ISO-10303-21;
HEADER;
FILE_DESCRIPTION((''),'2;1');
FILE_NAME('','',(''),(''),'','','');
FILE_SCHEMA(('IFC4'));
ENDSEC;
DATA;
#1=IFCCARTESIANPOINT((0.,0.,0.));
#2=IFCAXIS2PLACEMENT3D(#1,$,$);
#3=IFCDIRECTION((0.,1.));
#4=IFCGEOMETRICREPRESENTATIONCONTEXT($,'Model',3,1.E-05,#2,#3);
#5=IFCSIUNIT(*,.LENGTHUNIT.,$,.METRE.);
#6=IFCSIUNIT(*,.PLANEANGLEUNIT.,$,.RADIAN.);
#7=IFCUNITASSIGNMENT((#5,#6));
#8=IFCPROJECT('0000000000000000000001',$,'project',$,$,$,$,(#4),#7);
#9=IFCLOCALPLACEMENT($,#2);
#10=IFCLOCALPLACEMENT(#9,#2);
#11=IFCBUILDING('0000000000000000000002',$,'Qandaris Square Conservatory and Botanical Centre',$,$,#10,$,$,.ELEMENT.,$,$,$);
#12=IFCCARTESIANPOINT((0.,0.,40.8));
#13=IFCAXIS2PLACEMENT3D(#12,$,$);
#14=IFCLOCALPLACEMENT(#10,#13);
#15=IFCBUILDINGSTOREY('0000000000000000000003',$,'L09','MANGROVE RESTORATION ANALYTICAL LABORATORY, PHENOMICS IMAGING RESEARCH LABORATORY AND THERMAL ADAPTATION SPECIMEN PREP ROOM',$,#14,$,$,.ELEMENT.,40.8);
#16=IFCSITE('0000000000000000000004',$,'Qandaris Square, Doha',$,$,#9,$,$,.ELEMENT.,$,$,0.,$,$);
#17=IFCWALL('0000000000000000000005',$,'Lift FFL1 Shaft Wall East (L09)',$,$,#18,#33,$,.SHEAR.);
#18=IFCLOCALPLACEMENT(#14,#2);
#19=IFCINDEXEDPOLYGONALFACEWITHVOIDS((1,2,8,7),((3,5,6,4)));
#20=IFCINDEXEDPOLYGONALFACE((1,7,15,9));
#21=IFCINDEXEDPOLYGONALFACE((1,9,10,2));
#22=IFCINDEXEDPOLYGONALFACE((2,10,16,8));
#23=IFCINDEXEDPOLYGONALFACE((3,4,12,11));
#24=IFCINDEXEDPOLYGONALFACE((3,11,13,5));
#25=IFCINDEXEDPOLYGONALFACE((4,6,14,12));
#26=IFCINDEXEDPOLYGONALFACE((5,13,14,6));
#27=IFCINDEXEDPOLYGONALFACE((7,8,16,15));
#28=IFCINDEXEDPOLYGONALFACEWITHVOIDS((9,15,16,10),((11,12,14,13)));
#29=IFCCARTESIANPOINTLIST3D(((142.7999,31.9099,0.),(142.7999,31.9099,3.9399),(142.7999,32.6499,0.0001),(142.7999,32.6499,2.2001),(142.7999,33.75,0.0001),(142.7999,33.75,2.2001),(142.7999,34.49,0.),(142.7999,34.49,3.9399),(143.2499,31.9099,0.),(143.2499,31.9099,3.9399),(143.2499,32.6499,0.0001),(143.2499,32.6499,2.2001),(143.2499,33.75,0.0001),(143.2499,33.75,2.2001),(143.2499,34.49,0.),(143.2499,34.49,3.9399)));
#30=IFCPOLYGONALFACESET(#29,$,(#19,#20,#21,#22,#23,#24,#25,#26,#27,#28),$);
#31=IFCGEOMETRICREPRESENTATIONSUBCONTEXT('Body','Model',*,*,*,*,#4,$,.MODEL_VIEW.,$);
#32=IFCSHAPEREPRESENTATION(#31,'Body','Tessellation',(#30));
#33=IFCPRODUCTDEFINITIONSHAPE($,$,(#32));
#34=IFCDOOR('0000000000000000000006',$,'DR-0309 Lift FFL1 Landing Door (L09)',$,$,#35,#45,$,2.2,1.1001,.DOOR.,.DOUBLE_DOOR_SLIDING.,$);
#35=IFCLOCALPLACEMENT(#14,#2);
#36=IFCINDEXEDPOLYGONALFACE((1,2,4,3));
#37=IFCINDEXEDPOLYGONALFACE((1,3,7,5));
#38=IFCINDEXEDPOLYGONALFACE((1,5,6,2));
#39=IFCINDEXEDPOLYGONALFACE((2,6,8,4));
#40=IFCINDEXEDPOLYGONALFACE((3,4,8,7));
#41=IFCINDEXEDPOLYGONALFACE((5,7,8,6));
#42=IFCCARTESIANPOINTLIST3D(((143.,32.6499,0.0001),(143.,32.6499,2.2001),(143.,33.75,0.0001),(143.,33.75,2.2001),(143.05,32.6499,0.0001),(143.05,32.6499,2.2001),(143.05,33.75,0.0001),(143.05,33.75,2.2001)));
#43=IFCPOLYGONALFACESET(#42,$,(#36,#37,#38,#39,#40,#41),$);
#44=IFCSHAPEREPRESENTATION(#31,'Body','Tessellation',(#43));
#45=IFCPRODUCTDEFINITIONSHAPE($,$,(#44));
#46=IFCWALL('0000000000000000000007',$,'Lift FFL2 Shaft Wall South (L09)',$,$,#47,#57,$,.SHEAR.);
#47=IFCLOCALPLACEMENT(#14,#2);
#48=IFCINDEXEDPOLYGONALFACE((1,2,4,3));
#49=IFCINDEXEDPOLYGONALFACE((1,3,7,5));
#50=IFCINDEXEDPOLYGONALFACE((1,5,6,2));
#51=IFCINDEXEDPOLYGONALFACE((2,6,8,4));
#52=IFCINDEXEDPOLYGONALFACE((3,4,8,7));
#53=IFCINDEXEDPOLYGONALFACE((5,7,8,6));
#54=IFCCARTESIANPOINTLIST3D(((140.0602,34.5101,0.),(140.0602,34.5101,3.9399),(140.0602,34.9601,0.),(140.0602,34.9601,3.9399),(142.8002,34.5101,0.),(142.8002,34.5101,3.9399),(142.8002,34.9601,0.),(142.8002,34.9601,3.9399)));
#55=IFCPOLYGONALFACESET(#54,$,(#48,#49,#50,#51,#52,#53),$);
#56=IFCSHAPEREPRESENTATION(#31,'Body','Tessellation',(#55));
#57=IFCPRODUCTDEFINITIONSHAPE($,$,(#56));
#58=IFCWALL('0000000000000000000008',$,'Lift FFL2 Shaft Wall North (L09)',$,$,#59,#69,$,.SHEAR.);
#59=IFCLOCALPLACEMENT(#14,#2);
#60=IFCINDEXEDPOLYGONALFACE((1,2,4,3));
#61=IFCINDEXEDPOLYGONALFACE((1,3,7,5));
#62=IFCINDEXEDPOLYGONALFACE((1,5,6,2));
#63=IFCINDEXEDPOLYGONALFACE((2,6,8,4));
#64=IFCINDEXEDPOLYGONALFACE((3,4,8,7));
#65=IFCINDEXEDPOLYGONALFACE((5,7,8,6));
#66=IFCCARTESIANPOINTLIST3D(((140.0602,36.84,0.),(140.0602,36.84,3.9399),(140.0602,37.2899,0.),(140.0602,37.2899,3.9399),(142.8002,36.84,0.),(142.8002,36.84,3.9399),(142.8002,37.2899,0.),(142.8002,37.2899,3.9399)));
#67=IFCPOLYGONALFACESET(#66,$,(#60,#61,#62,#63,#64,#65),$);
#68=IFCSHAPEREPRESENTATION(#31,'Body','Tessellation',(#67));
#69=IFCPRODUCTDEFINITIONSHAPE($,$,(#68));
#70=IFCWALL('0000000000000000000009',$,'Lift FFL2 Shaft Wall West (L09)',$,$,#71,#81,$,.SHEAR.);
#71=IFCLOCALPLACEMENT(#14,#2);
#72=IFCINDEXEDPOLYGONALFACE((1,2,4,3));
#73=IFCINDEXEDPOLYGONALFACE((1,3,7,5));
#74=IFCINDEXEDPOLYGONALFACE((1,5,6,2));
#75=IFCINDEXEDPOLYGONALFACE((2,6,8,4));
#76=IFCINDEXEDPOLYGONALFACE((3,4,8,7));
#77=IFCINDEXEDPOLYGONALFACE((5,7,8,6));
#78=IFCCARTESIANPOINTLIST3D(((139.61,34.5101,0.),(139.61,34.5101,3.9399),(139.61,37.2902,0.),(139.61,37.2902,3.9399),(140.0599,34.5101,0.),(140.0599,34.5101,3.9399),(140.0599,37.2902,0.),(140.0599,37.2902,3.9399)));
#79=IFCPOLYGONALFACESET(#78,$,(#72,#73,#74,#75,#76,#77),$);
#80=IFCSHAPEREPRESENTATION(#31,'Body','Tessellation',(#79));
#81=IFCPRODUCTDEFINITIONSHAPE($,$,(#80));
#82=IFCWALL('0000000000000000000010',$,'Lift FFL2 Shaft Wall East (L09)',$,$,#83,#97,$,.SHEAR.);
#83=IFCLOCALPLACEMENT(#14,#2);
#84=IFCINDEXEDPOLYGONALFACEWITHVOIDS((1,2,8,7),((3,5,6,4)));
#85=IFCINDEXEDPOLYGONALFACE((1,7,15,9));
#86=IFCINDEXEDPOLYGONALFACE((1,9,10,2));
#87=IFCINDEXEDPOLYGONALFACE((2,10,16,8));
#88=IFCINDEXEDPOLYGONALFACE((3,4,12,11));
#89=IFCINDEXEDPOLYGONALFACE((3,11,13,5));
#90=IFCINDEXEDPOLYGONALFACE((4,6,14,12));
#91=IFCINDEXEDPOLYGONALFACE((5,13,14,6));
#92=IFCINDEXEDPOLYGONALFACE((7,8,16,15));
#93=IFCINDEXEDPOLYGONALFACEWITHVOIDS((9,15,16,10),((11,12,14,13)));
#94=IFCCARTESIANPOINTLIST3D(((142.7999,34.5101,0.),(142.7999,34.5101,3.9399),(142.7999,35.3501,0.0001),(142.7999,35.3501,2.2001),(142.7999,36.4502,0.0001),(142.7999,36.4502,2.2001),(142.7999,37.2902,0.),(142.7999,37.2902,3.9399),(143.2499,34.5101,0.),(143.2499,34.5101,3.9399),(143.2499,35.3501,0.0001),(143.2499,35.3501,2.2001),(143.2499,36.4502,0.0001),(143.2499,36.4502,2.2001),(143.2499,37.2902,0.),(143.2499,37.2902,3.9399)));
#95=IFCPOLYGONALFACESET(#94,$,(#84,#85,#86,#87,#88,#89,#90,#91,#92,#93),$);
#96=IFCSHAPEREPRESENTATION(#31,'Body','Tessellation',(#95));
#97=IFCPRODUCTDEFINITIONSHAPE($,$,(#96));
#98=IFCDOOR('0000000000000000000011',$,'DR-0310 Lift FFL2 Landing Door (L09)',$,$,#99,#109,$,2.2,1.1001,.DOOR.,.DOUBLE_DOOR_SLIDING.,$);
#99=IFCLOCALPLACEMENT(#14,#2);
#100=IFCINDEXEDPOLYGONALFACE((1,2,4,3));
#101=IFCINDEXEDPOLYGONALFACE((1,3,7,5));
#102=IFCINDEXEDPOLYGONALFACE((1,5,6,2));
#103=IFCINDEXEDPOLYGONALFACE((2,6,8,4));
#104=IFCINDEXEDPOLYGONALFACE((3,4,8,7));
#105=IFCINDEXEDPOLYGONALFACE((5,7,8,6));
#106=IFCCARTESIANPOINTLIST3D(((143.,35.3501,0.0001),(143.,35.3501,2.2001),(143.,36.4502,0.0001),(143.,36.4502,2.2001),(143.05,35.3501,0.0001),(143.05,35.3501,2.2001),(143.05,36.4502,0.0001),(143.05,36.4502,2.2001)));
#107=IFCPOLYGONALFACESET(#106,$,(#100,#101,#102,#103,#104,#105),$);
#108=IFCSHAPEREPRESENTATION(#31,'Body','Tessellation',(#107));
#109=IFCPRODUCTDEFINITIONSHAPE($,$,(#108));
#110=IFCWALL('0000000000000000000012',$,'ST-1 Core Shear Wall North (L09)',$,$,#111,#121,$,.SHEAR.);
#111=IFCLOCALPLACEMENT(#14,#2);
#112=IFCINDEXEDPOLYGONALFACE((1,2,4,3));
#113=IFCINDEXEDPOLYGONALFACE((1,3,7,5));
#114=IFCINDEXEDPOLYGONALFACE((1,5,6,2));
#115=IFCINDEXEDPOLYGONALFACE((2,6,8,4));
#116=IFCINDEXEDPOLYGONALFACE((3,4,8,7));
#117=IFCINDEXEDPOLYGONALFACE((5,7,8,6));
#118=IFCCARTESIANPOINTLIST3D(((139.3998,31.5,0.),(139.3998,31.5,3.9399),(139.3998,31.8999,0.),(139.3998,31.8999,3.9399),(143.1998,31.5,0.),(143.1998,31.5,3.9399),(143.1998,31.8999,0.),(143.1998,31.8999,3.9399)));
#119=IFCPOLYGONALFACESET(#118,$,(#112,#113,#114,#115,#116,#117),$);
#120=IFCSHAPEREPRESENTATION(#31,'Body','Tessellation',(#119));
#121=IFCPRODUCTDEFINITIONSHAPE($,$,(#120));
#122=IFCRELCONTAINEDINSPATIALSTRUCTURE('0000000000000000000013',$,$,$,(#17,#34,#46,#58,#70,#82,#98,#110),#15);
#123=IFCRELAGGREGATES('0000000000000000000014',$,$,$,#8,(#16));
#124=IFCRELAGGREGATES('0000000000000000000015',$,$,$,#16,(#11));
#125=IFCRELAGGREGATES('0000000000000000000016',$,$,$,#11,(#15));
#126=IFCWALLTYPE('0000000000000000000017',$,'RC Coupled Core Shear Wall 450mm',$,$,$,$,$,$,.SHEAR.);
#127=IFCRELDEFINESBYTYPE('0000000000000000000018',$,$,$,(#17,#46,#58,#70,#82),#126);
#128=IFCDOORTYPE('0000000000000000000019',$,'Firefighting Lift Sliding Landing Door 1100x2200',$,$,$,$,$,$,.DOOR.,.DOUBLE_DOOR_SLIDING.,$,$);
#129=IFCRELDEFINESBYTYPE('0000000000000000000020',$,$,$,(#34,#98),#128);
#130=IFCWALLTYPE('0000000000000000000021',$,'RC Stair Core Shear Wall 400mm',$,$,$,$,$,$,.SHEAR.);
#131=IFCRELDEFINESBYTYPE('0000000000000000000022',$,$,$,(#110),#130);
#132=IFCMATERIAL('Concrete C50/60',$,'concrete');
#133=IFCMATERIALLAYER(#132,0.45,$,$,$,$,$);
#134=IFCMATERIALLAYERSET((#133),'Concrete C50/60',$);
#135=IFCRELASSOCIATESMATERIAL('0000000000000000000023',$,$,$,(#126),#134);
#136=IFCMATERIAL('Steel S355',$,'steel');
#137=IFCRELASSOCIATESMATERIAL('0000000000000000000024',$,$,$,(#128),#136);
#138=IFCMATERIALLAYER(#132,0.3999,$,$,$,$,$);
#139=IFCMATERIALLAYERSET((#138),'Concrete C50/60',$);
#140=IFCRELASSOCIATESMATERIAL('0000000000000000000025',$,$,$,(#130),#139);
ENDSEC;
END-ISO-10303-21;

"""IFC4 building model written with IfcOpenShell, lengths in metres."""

from ifc_helpers import new_model, si_unit, direction, frame, frame_2d, origin, place, context, subcontext, project, spatial, rectangle, extrude, material, layer, layer_set, type_object, element, fill, save


model = new_model("IFC4")

# Units and contexts
model_context = context("Model", 3, precision=1e-05, world=origin(), true_north=direction((0.0, 1.0)))
body_context = subcontext(model_context, "Body", "Model", "MODEL_VIEW")
ifc_project = project(units=[si_unit("LENGTHUNIT", "METRE"), si_unit("PLANEANGLEUNIT", "RADIAN")], contexts=[model_context])

# Site, building, storey
site_placement = place(None, origin())
site = spatial("IfcSite", under=ifc_project, at=site_placement, Name="Qandaris Square, Doha", CompositionType="ELEMENT", RefElevation=0.0)
building_placement = place(site_placement, origin())
building = spatial("IfcBuilding", under=site, at=building_placement, Name="Qandaris Square Conservatory and Botanical Centre", CompositionType="ELEMENT")
storey_placement = place(building_placement, frame((0.0, 0.0, 40.8)))
storey = spatial("IfcBuildingStorey", under=building, at=storey_placement, Name="L09", Description="MANGROVE RESTORATION ANALYTICAL LABORATORY, PHENOMICS IMAGING RESEARCH LABORATORY AND THERMAL ADAPTATION SPECIMEN PREP ROOM", CompositionType="ELEMENT", Elevation=40.8)

# Shared definitions
ifc_material_1 = material(Name="Steel S355", Category="steel")
ifc_material_2 = material(Name="Concrete C50/60", Category="concrete")

# Shared definitions
ifc_layer_1 = layer(ifc_material_2, 0.45)
ifc_layer_set_1 = layer_set([ifc_layer_1], Name="Concrete C50/60")
wall_type_1 = type_object("IfcWallType", Name="RC Coupled Core Shear Wall 450mm", PredefinedType="SHEAR", material=ifc_layer_set_1)

# Wall, opening, door
wall_1_placement = place(storey_placement, frame((143.0249, 31.9099, 0.0), z_axis=(0.0, 0.0, 1.0), x_axis=(0.0, 1.0, 0.0)))
wall_1 = element("IfcWall", 1, at=wall_1_placement, inside=storey, type_object=wall_type_1, Name="Lift FFL1 Shaft Wall East (L09)", PredefinedType="SHEAR", context=body_context, shape_type="SweptSolid", body=[
    extrude(rectangle(XDim=2.5801, YDim=0.45, at=frame_2d((1.29, 0.0))), origin(), (0.0, 0.0, 1.0), 3.9399),
])
opening_1_placement = place(wall_1_placement, frame((0.74, 0.0, 0.0)))
opening_1 = element("IfcOpeningElement", 2, at=opening_1_placement, cuts=wall_1, PredefinedType="OPENING", context=body_context, shape_type="SweptSolid", body=[
    extrude(rectangle(XDim=1.1001, YDim=2.2, at=frame_2d((0.55, 1.1001))), frame((0.0, 0.2368, 0.0), z_axis=(0.0, -1.0, 0.0), x_axis=(1.0, 0.0, 0.0)), (0.0, 0.0, 1.0), 0.4739),
])
door_type_1 = type_object("IfcDoorType", Name="Firefighting Lift Sliding Landing Door 1100x2200", OperationType="DOUBLE_DOOR_SLIDING", PredefinedType="DOOR", material=ifc_material_1)
door_1_placement = place(opening_1_placement, origin())
door_1 = element("IfcDoor", 3, at=door_1_placement, inside=storey, type_object=door_type_1, Name="DR-0309 Lift FFL1 Landing Door (L09)", OperationType="DOUBLE_DOOR_SLIDING", OverallHeight=2.2, OverallWidth=1.1001, PredefinedType="DOOR", context=body_context, shape_type="SweptSolid", body=[
    extrude(rectangle(XDim=1.1001, YDim=2.2, at=frame_2d((0.55, 1.1001))), frame((0.0, 0.0249, 0.0), z_axis=(0.0, -1.0, 0.0), x_axis=(1.0, 0.0, 0.0)), (0.0, 0.0, 1.0), 0.05),
])
fill(opening_1, door_1)

# Walls
for number, where, z_axis, x_axis, name in (
    (4, (140.0601, 34.7351, 0.0), (0.0, 0.0, 1.0), (1.0, 0.0, 0.0), "Lift FFL2 Shaft Wall South (L09)"),
    (5, (140.0601, 37.0649, 0.0), (0.0, 0.0, 1.0), (1.0, 0.0, 0.0), "Lift FFL2 Shaft Wall North (L09)"),
):
    element("IfcWall", number, at=place(storey_placement, frame(where, z_axis=z_axis, x_axis=x_axis)), inside=storey, type_object=wall_type_1, Name=name, PredefinedType="SHEAR", context=body_context, shape_type="SweptSolid", body=[
        extrude(rectangle(XDim=2.74, YDim=0.45, at=frame_2d((1.3701, 0.0))), origin(), (0.0, 0.0, 1.0), 3.9399),
    ])
wall_2_placement = place(storey_placement, frame((139.835, 34.51, 0.0), z_axis=(0.0, 0.0, 1.0), x_axis=(0.0, 1.0, 0.0)))
element("IfcWall", 6, at=wall_2_placement, inside=storey, type_object=wall_type_1, Name="Lift FFL2 Shaft Wall West (L09)", PredefinedType="SHEAR", context=body_context, shape_type="SweptSolid", body=[
    extrude(rectangle(XDim=2.78, YDim=0.45, at=frame_2d((1.3901, 0.0))), origin(), (0.0, 0.0, 1.0), 3.9399),
])

# Wall, opening, door
wall_3_placement = place(storey_placement, frame((143.0249, 34.51, 0.0), z_axis=(0.0, 0.0, 1.0), x_axis=(0.0, 1.0, 0.0)))
wall_3 = element("IfcWall", 7, at=wall_3_placement, inside=storey, type_object=wall_type_1, Name="Lift FFL2 Shaft Wall East (L09)", PredefinedType="SHEAR", context=body_context, shape_type="SweptSolid", body=[
    extrude(rectangle(XDim=2.78, YDim=0.45, at=frame_2d((1.3901, 0.0))), origin(), (0.0, 0.0, 1.0), 3.9399),
])
opening_2_placement = place(wall_3_placement, frame((0.8401, 0.0, 0.0)))
opening_2 = element("IfcOpeningElement", 8, at=opening_2_placement, cuts=wall_3, PredefinedType="OPENING", context=body_context, shape_type="SweptSolid", body=[
    extrude(rectangle(XDim=1.1001, YDim=2.2, at=frame_2d((0.55, 1.1001))), frame((0.0, 0.2368, 0.0), z_axis=(0.0, -1.0, 0.0), x_axis=(1.0, 0.0, 0.0)), (0.0, 0.0, 1.0), 0.4739),
])
door_2_placement = place(opening_2_placement, origin())
door_2 = element("IfcDoor", 9, at=door_2_placement, inside=storey, type_object=door_type_1, Name="DR-0310 Lift FFL2 Landing Door (L09)", OperationType="DOUBLE_DOOR_SLIDING", OverallHeight=2.2, OverallWidth=1.1001, PredefinedType="DOOR", context=body_context, shape_type="SweptSolid", body=[
    extrude(rectangle(XDim=1.1001, YDim=2.2, at=frame_2d((0.55, 1.1001))), frame((0.0, 0.0249, 0.0), z_axis=(0.0, -1.0, 0.0), x_axis=(1.0, 0.0, 0.0)), (0.0, 0.0, 1.0), 0.05),
])
fill(opening_2, door_2)

# Wall
ifc_layer_2 = layer(ifc_material_2, 0.3999)
ifc_layer_set_2 = layer_set([ifc_layer_2], Name="Concrete C50/60")
wall_type_2 = type_object("IfcWallType", Name="RC Stair Core Shear Wall 400mm", PredefinedType="SHEAR", material=ifc_layer_set_2)
wall_4_placement = place(storey_placement, frame((139.3999, 31.7, 0.0), z_axis=(0.0, 0.0, 1.0), x_axis=(1.0, 0.0, 0.0)))
element("IfcWall", 10, at=wall_4_placement, inside=storey, type_object=wall_type_2, Name="ST-1 Core Shear Wall North (L09)", PredefinedType="SHEAR", context=body_context, shape_type="SweptSolid", body=[
    extrude(rectangle(XDim=3.8, YDim=0.3999, at=frame_2d((1.8999, 0.0))), origin(), (0.0, 0.0, 1.0), 3.9399),
])

save(model, "model.ifc")
